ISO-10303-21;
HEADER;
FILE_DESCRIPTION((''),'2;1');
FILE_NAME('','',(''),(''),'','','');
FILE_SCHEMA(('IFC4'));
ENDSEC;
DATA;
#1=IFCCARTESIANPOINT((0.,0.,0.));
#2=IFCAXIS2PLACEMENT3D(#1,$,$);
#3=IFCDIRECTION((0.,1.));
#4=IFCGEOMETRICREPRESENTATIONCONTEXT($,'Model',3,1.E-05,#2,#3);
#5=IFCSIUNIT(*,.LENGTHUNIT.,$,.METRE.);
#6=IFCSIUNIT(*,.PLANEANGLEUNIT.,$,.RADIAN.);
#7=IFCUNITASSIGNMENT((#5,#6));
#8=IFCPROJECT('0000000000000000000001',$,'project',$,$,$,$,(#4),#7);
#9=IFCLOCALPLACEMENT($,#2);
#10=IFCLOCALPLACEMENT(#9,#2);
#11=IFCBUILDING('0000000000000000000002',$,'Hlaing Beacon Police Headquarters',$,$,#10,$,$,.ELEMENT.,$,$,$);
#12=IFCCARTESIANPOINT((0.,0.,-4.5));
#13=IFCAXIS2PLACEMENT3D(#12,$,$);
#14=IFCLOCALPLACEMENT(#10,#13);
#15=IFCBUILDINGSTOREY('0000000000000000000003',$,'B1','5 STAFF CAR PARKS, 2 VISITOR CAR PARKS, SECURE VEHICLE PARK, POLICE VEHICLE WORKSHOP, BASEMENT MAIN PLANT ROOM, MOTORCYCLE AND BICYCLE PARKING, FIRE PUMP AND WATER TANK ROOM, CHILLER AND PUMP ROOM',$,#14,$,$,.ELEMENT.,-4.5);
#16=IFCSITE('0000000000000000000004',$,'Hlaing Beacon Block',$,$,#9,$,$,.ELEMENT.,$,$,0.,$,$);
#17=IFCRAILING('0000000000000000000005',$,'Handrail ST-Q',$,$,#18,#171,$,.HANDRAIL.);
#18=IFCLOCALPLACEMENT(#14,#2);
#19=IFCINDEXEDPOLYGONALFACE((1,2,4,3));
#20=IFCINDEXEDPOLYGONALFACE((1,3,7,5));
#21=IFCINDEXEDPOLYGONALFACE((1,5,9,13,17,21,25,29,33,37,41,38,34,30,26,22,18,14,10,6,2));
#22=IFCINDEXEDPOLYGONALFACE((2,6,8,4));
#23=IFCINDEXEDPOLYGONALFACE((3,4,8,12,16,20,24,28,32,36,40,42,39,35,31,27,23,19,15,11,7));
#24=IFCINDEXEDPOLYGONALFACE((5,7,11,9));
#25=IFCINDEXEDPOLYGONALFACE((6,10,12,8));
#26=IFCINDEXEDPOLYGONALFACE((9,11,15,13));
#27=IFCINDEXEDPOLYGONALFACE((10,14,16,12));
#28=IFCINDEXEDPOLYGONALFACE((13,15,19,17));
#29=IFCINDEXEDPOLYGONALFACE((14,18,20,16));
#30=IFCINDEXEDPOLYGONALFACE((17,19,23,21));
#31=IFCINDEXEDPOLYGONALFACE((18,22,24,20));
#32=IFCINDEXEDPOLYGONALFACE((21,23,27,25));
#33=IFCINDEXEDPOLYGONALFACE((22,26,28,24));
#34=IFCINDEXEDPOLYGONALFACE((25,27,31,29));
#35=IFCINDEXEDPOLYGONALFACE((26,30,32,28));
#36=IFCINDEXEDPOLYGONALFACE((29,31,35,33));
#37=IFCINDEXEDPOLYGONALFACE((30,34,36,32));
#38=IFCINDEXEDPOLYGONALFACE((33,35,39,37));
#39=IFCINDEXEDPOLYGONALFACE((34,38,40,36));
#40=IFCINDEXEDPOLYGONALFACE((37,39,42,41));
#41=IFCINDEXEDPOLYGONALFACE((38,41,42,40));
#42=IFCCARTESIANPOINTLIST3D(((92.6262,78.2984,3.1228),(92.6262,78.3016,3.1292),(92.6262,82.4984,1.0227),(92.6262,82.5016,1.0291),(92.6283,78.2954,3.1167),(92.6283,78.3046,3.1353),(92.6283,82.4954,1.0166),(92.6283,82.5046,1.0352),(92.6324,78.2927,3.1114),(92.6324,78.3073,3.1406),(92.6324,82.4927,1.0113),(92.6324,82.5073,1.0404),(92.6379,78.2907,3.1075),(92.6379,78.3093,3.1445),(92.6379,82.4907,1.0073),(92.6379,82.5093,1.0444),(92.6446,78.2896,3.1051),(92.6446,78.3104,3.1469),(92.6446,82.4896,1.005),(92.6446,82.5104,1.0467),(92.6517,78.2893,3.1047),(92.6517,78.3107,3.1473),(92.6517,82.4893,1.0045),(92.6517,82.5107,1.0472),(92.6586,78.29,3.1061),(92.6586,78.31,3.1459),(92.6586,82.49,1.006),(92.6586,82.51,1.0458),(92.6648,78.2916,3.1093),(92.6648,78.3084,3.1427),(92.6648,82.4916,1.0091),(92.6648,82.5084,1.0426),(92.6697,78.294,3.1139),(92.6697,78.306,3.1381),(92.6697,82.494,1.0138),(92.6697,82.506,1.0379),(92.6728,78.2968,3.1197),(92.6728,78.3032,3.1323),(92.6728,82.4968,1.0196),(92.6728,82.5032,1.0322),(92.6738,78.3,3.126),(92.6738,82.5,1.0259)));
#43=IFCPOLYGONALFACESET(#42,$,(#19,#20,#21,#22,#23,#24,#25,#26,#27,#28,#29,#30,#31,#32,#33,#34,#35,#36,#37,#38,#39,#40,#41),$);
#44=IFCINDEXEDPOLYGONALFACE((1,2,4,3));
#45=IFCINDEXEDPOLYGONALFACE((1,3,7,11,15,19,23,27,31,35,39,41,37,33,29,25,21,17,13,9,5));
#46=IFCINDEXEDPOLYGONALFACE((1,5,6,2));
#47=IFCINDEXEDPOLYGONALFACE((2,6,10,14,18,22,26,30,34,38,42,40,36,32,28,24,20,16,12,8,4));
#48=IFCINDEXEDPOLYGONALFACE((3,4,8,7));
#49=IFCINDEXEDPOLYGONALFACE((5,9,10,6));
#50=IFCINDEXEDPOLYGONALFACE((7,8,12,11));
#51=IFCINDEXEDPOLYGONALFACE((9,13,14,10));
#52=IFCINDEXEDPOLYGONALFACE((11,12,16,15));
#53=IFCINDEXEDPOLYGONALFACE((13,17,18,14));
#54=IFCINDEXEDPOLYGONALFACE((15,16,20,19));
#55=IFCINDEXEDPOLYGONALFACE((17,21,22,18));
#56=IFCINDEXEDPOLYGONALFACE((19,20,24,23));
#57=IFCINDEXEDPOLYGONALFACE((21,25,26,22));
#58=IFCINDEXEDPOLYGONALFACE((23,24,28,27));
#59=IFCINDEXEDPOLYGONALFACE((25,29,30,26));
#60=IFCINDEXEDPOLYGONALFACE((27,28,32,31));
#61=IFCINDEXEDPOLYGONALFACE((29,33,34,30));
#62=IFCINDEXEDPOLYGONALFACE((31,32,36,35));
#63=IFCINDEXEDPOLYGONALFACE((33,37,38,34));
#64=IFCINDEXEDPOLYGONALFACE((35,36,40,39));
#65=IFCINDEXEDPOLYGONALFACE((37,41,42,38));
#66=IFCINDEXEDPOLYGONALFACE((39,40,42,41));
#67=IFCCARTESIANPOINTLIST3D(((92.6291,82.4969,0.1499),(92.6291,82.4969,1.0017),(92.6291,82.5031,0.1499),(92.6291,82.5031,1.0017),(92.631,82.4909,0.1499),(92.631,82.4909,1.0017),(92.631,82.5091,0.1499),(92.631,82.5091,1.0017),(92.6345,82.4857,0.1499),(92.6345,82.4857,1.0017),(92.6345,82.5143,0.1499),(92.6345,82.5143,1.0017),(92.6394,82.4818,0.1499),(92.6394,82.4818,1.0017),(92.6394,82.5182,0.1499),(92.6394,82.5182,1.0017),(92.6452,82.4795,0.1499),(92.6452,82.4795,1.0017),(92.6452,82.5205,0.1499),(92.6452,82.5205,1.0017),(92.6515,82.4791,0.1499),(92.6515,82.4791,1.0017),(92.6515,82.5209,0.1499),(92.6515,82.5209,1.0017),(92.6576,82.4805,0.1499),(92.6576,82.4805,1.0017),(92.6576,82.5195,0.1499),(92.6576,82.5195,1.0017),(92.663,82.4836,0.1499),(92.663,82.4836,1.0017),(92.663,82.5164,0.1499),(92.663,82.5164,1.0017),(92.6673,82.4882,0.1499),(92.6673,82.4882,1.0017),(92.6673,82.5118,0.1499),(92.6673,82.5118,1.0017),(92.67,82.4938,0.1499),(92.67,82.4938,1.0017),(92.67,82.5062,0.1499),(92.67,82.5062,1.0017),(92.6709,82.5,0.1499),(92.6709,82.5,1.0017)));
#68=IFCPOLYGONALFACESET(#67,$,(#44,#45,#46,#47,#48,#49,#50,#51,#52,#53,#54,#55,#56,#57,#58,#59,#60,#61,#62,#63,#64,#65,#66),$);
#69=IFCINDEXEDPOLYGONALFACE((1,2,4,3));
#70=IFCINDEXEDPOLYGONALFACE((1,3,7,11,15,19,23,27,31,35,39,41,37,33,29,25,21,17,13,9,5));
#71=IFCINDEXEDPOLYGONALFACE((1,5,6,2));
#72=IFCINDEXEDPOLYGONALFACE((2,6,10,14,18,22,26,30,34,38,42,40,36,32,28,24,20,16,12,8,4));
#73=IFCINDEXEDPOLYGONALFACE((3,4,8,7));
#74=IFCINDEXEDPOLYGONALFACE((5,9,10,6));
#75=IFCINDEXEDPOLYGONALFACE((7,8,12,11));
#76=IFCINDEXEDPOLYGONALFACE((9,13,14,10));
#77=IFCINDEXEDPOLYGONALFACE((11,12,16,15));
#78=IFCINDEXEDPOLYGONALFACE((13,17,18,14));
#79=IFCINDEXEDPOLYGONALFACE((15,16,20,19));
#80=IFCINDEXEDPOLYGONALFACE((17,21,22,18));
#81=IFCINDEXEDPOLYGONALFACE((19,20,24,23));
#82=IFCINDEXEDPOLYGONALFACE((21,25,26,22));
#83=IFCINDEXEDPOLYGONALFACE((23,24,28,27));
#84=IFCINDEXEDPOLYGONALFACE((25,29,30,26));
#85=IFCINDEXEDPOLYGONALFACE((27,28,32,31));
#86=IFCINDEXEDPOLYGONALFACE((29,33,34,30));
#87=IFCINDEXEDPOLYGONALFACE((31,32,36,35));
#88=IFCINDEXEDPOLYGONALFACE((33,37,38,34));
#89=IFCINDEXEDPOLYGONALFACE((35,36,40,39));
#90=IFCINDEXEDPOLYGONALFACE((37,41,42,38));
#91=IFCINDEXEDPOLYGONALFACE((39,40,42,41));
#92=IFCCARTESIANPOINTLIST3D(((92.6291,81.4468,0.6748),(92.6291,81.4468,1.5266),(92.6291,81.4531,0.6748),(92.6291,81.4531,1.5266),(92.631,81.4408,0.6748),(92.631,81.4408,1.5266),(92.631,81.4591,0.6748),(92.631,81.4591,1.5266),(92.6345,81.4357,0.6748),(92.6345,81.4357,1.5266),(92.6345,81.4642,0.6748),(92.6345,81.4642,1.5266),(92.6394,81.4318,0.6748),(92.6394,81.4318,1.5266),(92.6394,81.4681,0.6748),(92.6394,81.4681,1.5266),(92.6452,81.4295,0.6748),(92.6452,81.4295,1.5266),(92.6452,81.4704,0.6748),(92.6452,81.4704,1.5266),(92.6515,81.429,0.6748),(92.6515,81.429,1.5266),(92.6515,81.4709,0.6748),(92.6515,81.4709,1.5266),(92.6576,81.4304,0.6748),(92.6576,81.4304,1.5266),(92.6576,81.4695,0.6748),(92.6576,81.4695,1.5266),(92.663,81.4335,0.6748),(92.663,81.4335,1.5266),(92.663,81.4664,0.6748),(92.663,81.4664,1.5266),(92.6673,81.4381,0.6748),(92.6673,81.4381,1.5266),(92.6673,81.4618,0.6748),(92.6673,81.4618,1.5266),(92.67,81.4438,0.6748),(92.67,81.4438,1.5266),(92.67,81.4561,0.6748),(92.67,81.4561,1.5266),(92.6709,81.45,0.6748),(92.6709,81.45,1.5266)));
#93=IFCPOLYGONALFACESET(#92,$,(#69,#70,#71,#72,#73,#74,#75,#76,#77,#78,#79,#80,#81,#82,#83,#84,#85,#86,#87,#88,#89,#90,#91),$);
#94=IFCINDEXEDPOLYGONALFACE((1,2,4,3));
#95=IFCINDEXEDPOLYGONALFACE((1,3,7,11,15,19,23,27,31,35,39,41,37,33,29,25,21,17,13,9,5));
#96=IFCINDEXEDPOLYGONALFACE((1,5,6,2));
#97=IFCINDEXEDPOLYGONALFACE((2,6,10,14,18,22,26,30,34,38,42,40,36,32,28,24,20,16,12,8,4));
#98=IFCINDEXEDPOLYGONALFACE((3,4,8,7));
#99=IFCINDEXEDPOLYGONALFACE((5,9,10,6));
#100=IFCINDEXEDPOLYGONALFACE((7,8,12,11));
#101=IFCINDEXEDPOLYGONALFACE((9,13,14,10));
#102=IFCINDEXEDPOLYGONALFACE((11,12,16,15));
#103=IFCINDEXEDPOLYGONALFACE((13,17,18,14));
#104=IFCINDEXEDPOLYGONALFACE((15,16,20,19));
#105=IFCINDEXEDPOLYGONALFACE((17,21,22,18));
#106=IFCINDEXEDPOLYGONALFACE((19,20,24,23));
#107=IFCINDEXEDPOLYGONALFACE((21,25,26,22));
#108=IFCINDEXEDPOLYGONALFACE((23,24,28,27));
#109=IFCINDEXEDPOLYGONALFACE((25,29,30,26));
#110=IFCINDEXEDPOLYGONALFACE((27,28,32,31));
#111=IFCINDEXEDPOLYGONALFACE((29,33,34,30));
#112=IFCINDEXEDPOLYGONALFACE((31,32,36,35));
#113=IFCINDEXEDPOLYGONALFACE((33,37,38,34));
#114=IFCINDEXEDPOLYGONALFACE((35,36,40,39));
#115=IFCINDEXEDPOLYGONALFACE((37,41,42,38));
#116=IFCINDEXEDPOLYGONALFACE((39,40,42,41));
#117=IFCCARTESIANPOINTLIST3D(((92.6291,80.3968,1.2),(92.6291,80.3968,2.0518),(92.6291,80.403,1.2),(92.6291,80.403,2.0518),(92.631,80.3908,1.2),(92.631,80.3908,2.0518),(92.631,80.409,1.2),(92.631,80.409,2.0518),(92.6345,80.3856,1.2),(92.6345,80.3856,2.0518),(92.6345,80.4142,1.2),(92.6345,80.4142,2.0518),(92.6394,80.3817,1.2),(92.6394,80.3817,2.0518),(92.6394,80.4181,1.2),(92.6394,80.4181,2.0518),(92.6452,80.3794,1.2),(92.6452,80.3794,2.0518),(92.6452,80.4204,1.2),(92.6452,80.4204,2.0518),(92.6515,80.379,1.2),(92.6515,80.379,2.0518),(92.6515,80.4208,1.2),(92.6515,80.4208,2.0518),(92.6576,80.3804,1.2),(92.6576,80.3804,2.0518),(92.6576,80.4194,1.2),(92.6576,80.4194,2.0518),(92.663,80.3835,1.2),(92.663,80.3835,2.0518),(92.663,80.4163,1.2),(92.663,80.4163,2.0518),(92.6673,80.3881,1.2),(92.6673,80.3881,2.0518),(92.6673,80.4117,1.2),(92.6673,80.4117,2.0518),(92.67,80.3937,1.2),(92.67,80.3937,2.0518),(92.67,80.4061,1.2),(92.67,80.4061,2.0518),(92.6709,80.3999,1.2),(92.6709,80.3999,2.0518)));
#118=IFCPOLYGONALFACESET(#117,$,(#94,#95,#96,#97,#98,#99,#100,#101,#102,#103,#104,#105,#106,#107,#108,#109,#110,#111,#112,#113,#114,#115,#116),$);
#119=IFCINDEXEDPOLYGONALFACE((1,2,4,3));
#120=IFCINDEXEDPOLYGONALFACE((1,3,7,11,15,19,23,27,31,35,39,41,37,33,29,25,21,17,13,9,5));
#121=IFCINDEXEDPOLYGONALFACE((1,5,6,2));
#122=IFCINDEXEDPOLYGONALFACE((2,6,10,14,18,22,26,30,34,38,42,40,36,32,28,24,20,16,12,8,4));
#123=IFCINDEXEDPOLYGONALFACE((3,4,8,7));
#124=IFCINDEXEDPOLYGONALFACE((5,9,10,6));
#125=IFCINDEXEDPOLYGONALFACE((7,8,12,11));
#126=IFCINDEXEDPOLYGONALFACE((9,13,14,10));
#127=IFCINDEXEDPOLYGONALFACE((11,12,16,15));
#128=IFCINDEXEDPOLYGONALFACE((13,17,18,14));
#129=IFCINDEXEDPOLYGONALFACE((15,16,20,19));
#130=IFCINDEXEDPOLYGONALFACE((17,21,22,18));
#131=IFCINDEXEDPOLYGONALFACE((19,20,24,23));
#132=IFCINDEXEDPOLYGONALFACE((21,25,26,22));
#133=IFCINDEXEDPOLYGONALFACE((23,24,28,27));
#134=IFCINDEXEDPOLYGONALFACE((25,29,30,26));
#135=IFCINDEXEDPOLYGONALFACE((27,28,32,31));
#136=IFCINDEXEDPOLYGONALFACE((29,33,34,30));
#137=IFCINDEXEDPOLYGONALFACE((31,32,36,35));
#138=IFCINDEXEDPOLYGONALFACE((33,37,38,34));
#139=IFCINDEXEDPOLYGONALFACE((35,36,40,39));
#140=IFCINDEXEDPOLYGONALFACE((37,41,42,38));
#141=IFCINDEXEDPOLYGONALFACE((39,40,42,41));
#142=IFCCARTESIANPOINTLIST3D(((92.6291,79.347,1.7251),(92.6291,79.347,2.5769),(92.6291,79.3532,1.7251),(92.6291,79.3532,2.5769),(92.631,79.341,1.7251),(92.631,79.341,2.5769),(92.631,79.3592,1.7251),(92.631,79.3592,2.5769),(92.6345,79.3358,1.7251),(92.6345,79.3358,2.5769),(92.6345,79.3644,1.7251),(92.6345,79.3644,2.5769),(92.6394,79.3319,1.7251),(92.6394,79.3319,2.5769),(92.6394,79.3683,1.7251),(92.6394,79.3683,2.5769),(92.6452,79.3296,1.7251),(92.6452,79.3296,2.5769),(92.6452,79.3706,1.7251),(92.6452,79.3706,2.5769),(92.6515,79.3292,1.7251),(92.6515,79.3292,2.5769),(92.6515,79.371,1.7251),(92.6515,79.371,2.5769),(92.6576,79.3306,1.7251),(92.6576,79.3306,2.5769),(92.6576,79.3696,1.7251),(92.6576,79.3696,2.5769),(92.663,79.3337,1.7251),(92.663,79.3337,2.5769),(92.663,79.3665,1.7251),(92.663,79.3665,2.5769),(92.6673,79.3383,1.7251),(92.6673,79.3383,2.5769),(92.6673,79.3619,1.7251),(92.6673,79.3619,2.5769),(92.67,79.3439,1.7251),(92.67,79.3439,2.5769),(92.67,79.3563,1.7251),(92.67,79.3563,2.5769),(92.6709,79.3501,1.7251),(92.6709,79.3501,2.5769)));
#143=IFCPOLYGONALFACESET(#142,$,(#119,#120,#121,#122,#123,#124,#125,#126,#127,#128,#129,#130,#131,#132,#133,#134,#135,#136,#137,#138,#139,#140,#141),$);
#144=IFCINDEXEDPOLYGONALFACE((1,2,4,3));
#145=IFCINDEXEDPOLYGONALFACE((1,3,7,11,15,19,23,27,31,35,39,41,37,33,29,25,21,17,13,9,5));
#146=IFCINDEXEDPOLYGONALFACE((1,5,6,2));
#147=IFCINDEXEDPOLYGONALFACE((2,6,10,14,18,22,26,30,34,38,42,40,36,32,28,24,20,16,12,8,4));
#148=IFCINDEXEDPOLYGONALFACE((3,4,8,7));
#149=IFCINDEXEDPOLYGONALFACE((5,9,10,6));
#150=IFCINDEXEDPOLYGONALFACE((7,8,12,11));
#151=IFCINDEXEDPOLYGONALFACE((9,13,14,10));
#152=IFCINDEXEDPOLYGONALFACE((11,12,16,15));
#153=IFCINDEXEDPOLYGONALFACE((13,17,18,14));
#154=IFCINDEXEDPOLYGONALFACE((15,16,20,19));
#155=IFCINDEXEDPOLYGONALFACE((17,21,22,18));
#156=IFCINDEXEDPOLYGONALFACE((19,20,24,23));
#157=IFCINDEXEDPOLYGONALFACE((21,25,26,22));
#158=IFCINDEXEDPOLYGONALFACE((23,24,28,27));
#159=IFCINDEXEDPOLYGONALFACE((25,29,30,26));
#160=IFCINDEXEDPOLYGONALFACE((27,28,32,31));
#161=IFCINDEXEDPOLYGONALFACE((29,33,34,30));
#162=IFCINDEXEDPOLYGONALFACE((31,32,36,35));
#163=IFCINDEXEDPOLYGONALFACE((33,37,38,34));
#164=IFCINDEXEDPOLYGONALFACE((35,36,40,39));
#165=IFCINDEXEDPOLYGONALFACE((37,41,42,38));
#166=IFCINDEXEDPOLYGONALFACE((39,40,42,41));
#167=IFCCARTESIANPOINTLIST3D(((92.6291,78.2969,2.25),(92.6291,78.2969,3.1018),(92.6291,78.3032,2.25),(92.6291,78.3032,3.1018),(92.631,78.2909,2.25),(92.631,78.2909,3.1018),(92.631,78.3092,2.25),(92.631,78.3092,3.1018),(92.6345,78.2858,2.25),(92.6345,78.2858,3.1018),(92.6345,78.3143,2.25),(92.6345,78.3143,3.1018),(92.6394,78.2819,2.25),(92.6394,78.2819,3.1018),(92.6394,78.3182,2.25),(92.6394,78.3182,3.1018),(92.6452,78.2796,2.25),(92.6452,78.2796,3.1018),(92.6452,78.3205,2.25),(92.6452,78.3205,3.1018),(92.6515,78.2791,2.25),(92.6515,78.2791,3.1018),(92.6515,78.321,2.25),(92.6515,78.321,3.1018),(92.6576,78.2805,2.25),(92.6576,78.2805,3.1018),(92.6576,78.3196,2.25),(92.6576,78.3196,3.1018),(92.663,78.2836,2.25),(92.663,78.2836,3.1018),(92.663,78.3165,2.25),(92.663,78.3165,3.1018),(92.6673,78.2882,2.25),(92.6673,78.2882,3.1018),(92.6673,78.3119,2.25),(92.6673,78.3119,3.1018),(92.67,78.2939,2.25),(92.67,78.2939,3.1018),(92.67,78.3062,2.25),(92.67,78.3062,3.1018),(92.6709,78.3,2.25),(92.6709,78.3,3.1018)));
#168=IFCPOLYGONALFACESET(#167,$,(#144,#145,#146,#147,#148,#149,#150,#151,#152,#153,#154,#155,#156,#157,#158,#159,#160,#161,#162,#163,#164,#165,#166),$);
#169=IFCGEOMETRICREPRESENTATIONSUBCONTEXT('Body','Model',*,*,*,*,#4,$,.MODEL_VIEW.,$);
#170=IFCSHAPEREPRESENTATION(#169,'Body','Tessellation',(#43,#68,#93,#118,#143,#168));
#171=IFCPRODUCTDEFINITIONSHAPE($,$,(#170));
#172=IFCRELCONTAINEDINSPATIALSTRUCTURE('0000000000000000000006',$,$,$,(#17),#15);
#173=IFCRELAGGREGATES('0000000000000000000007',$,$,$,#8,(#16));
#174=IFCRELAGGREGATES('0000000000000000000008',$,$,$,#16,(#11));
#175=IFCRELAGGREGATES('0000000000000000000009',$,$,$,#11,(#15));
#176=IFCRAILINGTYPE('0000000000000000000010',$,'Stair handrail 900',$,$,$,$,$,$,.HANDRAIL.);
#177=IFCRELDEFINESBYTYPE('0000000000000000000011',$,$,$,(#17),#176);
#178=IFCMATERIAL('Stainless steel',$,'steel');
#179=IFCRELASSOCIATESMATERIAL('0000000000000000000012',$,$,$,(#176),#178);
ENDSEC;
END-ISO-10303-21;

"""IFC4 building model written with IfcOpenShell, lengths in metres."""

from ifc_helpers import new_model, si_unit, direction, frame, origin, origin_2d, place, context, subcontext, project, spatial, circle, extrude, material, type_object, element, save


model = new_model("IFC4")

# Units and contexts
model_context = context("Model", 3, precision=1e-05, world=origin(), true_north=direction((0.0, 1.0)))
body_context = subcontext(model_context, "Body", "Model", "MODEL_VIEW")
ifc_project = project(units=[si_unit("LENGTHUNIT", "METRE"), si_unit("PLANEANGLEUNIT", "RADIAN")], contexts=[model_context])

# Site, building, storey
site_placement = place(None, origin())
site = spatial("IfcSite", under=ifc_project, at=site_placement, Name="Hlaing Beacon Block", CompositionType="ELEMENT", RefElevation=0.0)
building_placement = place(site_placement, origin())
building = spatial("IfcBuilding", under=site, at=building_placement, Name="Hlaing Beacon Police Headquarters", CompositionType="ELEMENT")
storey_placement = place(building_placement, frame((0.0, 0.0, -4.5)))
storey = spatial("IfcBuildingStorey", under=building, at=storey_placement, Name="B1", Description="5 STAFF CAR PARKS, 2 VISITOR CAR PARKS, SECURE VEHICLE PARK, POLICE VEHICLE WORKSHOP, BASEMENT MAIN PLANT ROOM, MOTORCYCLE AND BICYCLE PARKING, FIRE PUMP AND WATER TANK ROOM, CHILLER AND PUMP ROOM", CompositionType="ELEMENT", Elevation=-4.5)

# Railing
ifc_material_1 = material(Name="Stainless steel", Category="steel")
railing_type = type_object("IfcRailingType", Name="Stair handrail 900", PredefinedType="HANDRAIL", material=ifc_material_1)
for number, where, name in (
    (1, (92.6499, 82.5, 0.1499), "Handrail ST-Q"),
):
    element("IfcRailing", number, at=place(storey_placement, frame(where)), inside=storey, type_object=railing_type, Name=name, PredefinedType="HANDRAIL", context=body_context, shape_type="SweptSolid", body=[
        extrude(circle(Radius=0.0239, at=origin_2d()), frame((0.0, 0.0, 0.876), z_axis=(0.0, -0.894417, 0.447234), x_axis=(1.0, 0.0, 0.0)), (0.0, 0.0, 1.0), 4.6958),
        extrude(circle(Radius=0.021, at=origin_2d()), origin(), (0.0, 0.0, 1.0), 0.8518),
        extrude(circle(Radius=0.021, at=origin_2d()), frame((0.0, -1.05, 0.5249)), (0.0, 0.0, 1.0), 0.8518),
        extrude(circle(Radius=0.021, at=origin_2d()), frame((0.0, -2.1001, 1.05)), (0.0, 0.0, 1.0), 0.8518),
        extrude(circle(Radius=0.021, at=origin_2d()), frame((0.0, -3.1499, 1.5752)), (0.0, 0.0, 1.0), 0.8518),
        extrude(circle(Radius=0.021, at=origin_2d()), frame((0.0, -4.2, 2.1001)), (0.0, 0.0, 1.0), 0.8518),
    ])

save(model, "model.ifc")
